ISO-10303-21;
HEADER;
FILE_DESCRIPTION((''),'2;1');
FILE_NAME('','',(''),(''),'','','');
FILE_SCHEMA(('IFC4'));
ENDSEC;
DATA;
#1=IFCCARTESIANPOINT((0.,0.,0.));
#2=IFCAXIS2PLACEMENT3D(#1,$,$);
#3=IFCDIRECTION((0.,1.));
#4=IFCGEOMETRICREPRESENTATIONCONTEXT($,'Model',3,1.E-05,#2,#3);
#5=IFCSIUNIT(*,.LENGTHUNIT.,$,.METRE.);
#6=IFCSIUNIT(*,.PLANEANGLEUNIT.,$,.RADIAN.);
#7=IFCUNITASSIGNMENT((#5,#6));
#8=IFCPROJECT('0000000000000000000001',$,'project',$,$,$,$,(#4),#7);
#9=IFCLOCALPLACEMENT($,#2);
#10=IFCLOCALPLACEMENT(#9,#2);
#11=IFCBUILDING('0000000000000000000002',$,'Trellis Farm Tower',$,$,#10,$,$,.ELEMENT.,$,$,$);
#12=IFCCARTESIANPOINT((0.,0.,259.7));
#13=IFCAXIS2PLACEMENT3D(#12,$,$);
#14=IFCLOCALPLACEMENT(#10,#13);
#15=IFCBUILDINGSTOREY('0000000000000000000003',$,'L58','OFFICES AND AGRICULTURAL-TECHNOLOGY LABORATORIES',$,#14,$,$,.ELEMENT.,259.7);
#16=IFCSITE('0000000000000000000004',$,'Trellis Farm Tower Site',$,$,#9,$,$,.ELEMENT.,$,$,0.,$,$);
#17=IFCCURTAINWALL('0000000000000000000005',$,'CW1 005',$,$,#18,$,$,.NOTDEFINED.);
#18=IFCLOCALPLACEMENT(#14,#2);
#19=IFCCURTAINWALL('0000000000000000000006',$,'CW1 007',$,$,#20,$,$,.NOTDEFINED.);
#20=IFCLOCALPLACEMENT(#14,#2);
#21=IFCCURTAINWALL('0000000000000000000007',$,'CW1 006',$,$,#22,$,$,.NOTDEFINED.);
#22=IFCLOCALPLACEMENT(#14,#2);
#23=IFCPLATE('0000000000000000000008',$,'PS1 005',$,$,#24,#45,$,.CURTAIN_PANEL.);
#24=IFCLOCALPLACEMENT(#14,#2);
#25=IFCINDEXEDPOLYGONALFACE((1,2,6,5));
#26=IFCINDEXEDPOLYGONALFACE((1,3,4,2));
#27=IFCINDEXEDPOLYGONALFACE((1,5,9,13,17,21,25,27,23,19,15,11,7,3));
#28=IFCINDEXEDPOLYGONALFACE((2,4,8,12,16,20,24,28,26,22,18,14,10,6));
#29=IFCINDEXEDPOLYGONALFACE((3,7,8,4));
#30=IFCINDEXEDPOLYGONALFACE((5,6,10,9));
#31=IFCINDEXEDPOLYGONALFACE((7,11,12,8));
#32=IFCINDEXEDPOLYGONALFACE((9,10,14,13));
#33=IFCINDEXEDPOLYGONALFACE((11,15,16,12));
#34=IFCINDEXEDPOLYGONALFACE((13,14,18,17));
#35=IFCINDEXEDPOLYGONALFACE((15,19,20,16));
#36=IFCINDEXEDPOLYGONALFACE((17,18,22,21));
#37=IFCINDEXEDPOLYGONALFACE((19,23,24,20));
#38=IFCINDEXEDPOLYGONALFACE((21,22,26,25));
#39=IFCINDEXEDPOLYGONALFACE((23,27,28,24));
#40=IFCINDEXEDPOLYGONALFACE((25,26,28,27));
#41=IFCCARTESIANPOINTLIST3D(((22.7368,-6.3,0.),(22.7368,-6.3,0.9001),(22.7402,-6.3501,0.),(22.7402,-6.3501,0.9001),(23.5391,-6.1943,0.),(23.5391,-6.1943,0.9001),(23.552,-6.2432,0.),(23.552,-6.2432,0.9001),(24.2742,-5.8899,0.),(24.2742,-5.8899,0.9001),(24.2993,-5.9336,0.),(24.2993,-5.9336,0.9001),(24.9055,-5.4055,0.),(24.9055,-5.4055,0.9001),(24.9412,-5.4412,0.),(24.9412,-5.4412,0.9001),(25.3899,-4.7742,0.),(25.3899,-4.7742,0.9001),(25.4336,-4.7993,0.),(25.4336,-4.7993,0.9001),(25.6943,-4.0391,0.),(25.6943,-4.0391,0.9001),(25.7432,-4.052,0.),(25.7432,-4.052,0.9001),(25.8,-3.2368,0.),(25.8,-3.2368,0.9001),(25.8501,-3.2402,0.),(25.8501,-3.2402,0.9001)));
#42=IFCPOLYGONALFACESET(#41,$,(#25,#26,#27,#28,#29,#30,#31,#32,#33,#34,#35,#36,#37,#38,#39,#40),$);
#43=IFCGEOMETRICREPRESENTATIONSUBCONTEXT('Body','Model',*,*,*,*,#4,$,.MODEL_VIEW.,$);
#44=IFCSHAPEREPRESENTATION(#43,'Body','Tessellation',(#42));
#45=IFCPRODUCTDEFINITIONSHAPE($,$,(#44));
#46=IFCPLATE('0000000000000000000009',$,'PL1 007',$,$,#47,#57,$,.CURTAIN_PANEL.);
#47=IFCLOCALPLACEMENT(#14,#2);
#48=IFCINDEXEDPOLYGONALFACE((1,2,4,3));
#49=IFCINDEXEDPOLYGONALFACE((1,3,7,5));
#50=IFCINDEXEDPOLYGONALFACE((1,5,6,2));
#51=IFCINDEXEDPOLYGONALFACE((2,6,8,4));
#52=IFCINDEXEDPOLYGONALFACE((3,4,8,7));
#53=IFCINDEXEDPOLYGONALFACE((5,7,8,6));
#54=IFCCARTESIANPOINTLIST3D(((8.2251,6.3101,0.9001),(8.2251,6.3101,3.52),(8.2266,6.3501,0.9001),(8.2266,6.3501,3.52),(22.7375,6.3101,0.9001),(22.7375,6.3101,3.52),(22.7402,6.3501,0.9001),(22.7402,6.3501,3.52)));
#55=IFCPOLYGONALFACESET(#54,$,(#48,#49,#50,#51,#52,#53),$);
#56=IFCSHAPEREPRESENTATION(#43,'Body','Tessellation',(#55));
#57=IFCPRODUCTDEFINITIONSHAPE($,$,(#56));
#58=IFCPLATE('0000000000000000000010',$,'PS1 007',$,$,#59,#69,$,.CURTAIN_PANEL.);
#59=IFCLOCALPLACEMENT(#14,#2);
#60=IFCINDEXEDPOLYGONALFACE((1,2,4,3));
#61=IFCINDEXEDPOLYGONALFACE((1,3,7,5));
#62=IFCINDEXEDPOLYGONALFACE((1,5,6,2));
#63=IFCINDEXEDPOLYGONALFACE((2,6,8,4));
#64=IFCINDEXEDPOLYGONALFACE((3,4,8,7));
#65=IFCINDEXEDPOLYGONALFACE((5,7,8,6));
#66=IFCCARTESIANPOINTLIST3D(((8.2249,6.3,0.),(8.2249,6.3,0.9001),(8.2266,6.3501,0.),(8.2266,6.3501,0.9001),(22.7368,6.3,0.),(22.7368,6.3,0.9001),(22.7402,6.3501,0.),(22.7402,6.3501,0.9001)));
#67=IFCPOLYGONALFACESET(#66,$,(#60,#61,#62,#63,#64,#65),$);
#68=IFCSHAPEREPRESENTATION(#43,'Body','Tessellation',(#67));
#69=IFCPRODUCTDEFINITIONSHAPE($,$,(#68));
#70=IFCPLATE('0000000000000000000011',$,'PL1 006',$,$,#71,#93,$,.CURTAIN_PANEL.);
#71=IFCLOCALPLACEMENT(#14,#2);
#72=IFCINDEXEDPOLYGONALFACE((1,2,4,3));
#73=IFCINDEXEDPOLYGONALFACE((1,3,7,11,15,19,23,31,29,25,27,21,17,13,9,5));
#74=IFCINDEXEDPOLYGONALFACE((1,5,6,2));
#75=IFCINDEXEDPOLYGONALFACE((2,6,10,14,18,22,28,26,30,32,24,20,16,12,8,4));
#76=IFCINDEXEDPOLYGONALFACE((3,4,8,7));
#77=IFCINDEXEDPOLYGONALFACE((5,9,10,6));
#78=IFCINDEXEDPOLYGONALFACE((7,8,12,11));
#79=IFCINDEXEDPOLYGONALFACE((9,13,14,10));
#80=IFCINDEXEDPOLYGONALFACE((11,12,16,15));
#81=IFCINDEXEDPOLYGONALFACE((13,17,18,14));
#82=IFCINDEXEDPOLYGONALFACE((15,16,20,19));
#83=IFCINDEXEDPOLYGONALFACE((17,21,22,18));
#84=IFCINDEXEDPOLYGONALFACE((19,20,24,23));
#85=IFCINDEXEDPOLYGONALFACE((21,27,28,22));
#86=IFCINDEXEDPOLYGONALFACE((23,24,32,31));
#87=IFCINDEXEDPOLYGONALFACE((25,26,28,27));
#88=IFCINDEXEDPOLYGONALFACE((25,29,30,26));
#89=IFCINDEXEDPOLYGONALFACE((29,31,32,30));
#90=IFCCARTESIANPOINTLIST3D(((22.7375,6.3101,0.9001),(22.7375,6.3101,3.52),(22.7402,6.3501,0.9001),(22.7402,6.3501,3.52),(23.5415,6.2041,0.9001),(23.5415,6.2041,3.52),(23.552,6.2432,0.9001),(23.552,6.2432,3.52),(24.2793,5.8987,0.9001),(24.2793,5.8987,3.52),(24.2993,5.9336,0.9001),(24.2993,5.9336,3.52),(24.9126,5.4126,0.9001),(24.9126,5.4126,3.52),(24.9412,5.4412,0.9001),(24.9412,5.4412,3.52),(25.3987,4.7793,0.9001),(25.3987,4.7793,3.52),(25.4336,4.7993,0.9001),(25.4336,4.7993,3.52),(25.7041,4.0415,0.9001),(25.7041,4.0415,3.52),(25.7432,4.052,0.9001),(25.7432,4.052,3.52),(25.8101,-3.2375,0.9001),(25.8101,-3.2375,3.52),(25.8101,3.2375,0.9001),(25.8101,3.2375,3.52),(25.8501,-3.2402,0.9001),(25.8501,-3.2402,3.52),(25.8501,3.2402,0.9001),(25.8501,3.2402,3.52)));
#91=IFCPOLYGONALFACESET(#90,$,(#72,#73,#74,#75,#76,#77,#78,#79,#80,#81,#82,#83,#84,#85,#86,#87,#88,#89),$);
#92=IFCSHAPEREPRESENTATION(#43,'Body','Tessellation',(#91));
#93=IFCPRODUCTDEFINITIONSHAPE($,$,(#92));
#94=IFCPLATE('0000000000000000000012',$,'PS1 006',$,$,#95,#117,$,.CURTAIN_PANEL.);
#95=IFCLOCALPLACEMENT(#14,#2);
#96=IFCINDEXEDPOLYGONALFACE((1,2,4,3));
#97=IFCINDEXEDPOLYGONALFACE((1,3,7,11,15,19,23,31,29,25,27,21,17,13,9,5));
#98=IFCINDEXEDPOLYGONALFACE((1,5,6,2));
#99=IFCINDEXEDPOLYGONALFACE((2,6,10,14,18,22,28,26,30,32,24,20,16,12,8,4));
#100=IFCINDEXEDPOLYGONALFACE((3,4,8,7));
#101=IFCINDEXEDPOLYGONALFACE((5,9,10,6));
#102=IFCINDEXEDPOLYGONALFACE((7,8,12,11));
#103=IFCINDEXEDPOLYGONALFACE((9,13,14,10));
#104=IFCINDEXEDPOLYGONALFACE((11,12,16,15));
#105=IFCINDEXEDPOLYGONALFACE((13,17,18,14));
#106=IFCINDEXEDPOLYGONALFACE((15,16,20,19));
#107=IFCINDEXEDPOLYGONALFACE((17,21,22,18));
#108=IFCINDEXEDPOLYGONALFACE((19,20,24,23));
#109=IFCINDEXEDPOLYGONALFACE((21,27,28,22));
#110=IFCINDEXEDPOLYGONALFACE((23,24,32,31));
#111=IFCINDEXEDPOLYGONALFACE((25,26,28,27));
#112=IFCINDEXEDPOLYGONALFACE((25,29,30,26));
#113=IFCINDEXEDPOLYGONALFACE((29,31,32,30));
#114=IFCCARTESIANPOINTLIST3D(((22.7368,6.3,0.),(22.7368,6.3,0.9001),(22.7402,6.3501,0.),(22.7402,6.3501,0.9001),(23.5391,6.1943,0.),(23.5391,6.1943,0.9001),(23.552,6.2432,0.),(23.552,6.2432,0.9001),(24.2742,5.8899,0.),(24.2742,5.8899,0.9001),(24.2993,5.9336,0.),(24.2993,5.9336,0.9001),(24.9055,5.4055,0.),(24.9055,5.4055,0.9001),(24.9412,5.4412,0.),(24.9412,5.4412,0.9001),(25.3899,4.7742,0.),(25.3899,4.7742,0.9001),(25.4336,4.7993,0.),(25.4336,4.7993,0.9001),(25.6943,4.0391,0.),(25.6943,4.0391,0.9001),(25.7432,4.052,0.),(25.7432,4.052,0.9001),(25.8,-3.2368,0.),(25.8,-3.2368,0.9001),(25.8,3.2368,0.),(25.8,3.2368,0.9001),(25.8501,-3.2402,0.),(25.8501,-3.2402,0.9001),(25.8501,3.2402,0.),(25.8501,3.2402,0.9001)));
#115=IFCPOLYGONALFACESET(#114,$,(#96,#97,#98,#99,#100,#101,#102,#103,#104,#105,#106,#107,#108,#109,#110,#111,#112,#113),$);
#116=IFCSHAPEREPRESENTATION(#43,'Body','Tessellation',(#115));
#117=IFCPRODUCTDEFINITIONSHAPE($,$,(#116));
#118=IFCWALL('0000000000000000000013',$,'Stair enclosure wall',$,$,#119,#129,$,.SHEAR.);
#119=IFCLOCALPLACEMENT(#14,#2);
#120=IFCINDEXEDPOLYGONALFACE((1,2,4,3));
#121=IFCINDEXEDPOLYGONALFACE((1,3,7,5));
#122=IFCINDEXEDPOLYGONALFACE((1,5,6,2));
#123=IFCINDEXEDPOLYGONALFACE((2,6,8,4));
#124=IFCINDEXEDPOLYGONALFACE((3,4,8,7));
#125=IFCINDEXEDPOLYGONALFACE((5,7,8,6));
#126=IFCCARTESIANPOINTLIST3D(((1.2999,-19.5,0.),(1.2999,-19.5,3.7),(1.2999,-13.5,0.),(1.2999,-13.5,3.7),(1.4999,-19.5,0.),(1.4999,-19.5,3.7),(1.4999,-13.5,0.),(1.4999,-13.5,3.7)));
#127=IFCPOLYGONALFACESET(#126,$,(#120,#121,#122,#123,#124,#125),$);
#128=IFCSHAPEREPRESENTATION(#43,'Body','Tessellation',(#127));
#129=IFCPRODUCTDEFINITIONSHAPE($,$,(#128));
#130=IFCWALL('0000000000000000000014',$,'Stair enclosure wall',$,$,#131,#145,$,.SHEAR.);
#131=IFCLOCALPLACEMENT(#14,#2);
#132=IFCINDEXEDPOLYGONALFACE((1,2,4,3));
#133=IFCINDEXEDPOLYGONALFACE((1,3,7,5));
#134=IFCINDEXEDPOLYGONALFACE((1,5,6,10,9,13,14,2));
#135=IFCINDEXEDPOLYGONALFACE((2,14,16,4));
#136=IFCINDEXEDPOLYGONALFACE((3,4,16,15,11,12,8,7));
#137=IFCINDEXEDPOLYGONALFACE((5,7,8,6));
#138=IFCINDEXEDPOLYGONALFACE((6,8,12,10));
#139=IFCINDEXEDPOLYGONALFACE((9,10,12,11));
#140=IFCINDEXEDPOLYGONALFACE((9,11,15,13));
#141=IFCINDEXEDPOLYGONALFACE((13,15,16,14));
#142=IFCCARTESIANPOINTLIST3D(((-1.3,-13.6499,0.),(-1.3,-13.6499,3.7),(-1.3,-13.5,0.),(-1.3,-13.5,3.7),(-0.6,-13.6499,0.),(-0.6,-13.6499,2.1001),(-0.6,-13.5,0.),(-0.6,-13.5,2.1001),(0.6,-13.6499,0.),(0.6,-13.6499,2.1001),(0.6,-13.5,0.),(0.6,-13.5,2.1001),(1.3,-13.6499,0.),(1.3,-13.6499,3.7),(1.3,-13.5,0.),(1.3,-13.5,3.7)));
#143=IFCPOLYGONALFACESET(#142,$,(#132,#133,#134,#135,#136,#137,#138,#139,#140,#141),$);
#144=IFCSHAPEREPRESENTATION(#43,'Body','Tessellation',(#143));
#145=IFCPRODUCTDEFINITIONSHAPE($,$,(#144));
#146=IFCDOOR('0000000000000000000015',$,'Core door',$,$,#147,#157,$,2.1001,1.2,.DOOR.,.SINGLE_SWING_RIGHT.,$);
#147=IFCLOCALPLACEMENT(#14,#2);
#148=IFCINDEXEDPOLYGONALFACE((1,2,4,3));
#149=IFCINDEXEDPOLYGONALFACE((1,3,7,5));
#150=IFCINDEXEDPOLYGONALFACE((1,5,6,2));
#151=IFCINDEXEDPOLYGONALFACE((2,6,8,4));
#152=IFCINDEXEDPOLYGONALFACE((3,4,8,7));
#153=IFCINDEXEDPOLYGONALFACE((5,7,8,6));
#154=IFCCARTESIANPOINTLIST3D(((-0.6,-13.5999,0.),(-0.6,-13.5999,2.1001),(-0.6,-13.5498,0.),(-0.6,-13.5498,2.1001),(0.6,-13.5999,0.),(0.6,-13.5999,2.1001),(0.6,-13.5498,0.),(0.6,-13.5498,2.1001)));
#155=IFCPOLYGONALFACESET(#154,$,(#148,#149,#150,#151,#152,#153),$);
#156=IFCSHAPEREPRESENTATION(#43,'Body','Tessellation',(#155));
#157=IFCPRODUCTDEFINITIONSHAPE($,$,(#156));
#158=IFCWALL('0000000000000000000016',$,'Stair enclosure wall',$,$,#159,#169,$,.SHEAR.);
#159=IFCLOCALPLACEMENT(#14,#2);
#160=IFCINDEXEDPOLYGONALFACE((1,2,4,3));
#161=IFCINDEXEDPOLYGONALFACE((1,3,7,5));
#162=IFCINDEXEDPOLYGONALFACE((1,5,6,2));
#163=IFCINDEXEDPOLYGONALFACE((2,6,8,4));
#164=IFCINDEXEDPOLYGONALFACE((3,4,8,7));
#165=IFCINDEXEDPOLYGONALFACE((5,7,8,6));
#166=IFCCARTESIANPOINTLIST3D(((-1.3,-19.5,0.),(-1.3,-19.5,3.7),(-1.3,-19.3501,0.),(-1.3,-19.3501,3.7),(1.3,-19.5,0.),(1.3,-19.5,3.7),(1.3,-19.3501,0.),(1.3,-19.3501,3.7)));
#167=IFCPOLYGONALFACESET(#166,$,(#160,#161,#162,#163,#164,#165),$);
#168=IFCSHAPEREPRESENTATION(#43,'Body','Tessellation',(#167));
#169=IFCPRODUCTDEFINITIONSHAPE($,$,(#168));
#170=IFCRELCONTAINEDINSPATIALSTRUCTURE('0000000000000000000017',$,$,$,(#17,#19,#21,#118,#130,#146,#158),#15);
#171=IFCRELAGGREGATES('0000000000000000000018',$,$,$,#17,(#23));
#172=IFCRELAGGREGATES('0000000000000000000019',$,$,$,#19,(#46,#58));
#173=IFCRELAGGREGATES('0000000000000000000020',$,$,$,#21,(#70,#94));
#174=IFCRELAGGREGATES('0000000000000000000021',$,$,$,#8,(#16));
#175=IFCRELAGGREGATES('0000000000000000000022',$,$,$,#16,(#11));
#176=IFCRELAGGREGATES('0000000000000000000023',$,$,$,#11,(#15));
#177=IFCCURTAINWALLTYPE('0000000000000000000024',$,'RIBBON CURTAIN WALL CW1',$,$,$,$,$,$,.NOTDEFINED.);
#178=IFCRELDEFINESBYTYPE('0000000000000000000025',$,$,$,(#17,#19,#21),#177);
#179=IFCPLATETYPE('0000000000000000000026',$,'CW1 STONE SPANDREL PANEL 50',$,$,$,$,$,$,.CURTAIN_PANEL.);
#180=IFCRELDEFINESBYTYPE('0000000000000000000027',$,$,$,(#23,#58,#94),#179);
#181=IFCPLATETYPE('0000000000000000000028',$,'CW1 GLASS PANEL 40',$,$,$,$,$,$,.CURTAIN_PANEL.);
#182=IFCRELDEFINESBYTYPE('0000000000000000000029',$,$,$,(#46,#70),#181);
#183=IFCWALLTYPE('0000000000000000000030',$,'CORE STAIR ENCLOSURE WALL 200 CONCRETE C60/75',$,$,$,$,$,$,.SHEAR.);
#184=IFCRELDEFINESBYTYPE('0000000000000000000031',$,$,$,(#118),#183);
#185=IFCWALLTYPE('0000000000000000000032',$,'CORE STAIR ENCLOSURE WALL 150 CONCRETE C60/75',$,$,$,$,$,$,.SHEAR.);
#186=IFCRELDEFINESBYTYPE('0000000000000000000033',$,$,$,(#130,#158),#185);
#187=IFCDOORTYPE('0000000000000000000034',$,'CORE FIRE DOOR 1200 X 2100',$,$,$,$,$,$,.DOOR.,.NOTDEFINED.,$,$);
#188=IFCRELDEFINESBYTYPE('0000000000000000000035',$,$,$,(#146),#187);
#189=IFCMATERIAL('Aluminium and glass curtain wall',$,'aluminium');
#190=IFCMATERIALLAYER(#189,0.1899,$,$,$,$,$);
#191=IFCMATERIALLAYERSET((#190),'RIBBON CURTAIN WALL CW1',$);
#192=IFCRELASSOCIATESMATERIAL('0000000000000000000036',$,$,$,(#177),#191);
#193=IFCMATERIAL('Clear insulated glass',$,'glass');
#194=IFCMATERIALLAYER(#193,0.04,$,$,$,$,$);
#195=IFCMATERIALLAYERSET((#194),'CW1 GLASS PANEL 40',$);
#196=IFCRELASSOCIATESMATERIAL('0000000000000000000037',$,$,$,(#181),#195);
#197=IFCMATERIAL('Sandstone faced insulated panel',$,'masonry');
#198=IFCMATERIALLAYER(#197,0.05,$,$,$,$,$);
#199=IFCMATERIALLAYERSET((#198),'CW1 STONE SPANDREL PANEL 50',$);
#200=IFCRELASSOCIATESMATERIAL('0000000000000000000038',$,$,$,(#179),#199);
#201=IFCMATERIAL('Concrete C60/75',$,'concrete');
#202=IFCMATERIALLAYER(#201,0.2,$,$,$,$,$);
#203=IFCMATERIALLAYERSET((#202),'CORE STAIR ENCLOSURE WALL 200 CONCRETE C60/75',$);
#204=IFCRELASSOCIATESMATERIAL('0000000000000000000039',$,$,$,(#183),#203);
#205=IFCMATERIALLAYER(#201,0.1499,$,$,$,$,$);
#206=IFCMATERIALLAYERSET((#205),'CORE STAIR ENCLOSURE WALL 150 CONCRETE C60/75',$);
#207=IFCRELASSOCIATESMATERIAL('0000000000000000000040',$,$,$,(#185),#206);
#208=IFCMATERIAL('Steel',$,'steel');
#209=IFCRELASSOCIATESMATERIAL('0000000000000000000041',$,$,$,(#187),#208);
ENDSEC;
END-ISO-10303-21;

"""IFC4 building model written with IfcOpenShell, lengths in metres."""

from ifc_helpers import new_model, si_unit, direction, frame, frame_2d, origin, place, context, subcontext, project, spatial, polyline, rectangle, outline, extrude, source, transform, mapped, material, layer, layer_set, type_object, element, fill, aggregate, save


model = new_model("IFC4")

# Units and contexts
model_context = context("Model", 3, precision=1e-05, world=origin(), true_north=direction((0.0, 1.0)))
body_context = subcontext(model_context, "Body", "Model", "MODEL_VIEW")
ifc_project = project(units=[si_unit("LENGTHUNIT", "METRE"), si_unit("PLANEANGLEUNIT", "RADIAN")], contexts=[model_context])

# Site, building, storey
site_placement = place(None, origin())
site = spatial("IfcSite", under=ifc_project, at=site_placement, Name="Trellis Farm Tower Site", CompositionType="ELEMENT", RefElevation=0.0)
building_placement = place(site_placement, origin())
building = spatial("IfcBuilding", under=site, at=building_placement, Name="Trellis Farm Tower", CompositionType="ELEMENT")
storey_placement = place(building_placement, frame((0.0, 0.0, 259.7)))
storey = spatial("IfcBuildingStorey", under=building, at=storey_placement, Name="L58", Description="OFFICES AND AGRICULTURAL-TECHNOLOGY LABORATORIES", CompositionType="ELEMENT", Elevation=259.7)

# Curtain walls
ifc_material_1 = material(Name="Aluminium and glass curtain wall", Category="aluminium")
placement_1 = place(storey_placement, origin())
ifc_layer_1 = layer(ifc_material_1, 0.1899)
ifc_layer_set_1 = layer_set([ifc_layer_1], Name="RIBBON CURTAIN WALL CW1")
curtain_wall_type_1 = type_object("IfcCurtainWallType", Name="RIBBON CURTAIN WALL CW1", PredefinedType="NOTDEFINED", material=ifc_layer_set_1)
curtain_wall_1 = element("IfcCurtainWall", 1, at=placement_1, inside=storey, type_object=curtain_wall_type_1, Name="CW1 005", PredefinedType="NOTDEFINED")
curtain_wall_2 = element("IfcCurtainWall", 2, at=placement_1, inside=storey, type_object=curtain_wall_type_1, Name="CW1 007", PredefinedType="NOTDEFINED")
curtain_wall_3 = element("IfcCurtainWall", 3, at=placement_1, inside=storey, type_object=curtain_wall_type_1, Name="CW1 006", PredefinedType="NOTDEFINED")

# Plates
ifc_material_2 = material(Name="Clear insulated glass", Category="glass")
ifc_layer_2 = layer(ifc_material_2, 0.04)
ifc_layer_set_2 = layer_set([ifc_layer_2], Name="CW1 GLASS PANEL 40")
plate_type_1 = type_object("IfcPlateType", Name="CW1 GLASS PANEL 40", PredefinedType="CURTAIN_PANEL", material=ifc_layer_set_2)
placement_2 = place(storey_placement, frame((0.0, 0.0, 0.9001)))
ifc_material_3 = material(Name="Sandstone faced insulated panel", Category="masonry")
ifc_layer_3 = layer(ifc_material_3, 0.05)
ifc_layer_set_3 = layer_set([ifc_layer_3], Name="CW1 STONE SPANDREL PANEL 50")
plate_type_2 = type_object("IfcPlateType", Name="CW1 STONE SPANDREL PANEL 50", PredefinedType="CURTAIN_PANEL", material=ifc_layer_set_3)
shared_shape_1 = source(origin(), body_context, "Body", "SweptSolid", [
    extrude(outline(polyline([(22.7402, -6.3501), (23.552, -6.2432), (24.2993, -5.9336), (24.9412, -5.4412), (25.4336, -4.7993), (25.7432, -4.052), (25.8501, -3.2402), (25.8, -3.2368), (25.6943, -4.0391), (25.3899, -4.7742), (24.9055, -5.4055), (24.2742, -5.8899), (23.5391, -6.1943), (22.7368, -6.3), (22.7402, -6.3501)])), origin(), (0.0, 0.0, 1.0), 0.9001),
])
plate_1 = element("IfcPlate", 4, at=placement_1, type_object=plate_type_2, Name="PS1 005", PredefinedType="CURTAIN_PANEL", context=body_context, shape_type="MappedRepresentation", body=[
    mapped(shared_shape_1, transform((0.0, 0.0, 0.0))),
])
aggregate(curtain_wall_1, [plate_1])
shared_shape_2 = source(origin(), body_context, "Body", "SweptSolid", [
    extrude(outline(polyline([(22.7402, 6.3501), (8.2266, 6.3501), (8.2251, 6.3101), (22.7375, 6.3101), (22.7402, 6.3501)])), origin(), (0.0, 0.0, 1.0), 2.6199),
])
plate_2 = element("IfcPlate", 5, at=placement_2, type_object=plate_type_1, Name="PL1 007", PredefinedType="CURTAIN_PANEL", context=body_context, shape_type="MappedRepresentation", body=[
    mapped(shared_shape_2, transform((0.0, 0.0, 0.0))),
])
shared_shape_3 = source(origin(), body_context, "Body", "SweptSolid", [
    extrude(outline(polyline([(22.7402, 6.3501), (8.2266, 6.3501), (8.2249, 6.3), (22.7368, 6.3), (22.7402, 6.3501)])), origin(), (0.0, 0.0, 1.0), 0.9001),
])
plate_3 = element("IfcPlate", 6, at=placement_1, type_object=plate_type_2, Name="PS1 007", PredefinedType="CURTAIN_PANEL", context=body_context, shape_type="MappedRepresentation", body=[
    mapped(shared_shape_3, transform((0.0, 0.0, 0.0))),
])
aggregate(curtain_wall_2, [plate_2, plate_3])
shared_shape_4 = source(origin(), body_context, "Body", "SweptSolid", [
    extrude(outline(polyline([(25.8501, -3.2402), (25.8501, 3.2402), (25.7432, 4.052), (25.4336, 4.7993), (24.9412, 5.4412), (24.2993, 5.9336), (23.552, 6.2432), (22.7402, 6.3501), (22.7375, 6.3101), (23.5415, 6.2041), (24.2793, 5.8987), (24.9126, 5.4126), (25.3987, 4.7793), (25.7041, 4.0415), (25.8101, 3.2375), (25.8101, -3.2375), (25.8501, -3.2402)])), origin(), (0.0, 0.0, 1.0), 2.6199),
])
plate_4 = element("IfcPlate", 7, at=placement_2, type_object=plate_type_1, Name="PL1 006", PredefinedType="CURTAIN_PANEL", context=body_context, shape_type="MappedRepresentation", body=[
    mapped(shared_shape_4, transform((0.0, 0.0, 0.0))),
])
shared_shape_5 = source(origin(), body_context, "Body", "SweptSolid", [
    extrude(outline(polyline([(25.8501, -3.2402), (25.8501, 3.2402), (25.7432, 4.052), (25.4336, 4.7993), (24.9412, 5.4412), (24.2993, 5.9336), (23.552, 6.2432), (22.7402, 6.3501), (22.7368, 6.3), (23.5391, 6.1943), (24.2742, 5.8899), (24.9055, 5.4055), (25.3899, 4.7742), (25.6943, 4.0391), (25.8, 3.2368), (25.8, -3.2368), (25.8501, -3.2402)])), origin(), (0.0, 0.0, 1.0), 0.9001),
])
plate_5 = element("IfcPlate", 8, at=placement_1, type_object=plate_type_2, Name="PS1 006", PredefinedType="CURTAIN_PANEL", context=body_context, shape_type="MappedRepresentation", body=[
    mapped(shared_shape_5, transform((0.0, 0.0, 0.0))),
])
aggregate(curtain_wall_3, [plate_4, plate_5])

# Wall
ifc_material_4 = material(Name="Concrete C60/75", Category="concrete")
ifc_layer_4 = layer(ifc_material_4, 0.2)
ifc_layer_set_4 = layer_set([ifc_layer_4], Name="CORE STAIR ENCLOSURE WALL 200 CONCRETE C60/75")
wall_type_1 = type_object("IfcWallType", Name="CORE STAIR ENCLOSURE WALL 200 CONCRETE C60/75", PredefinedType="SHEAR", material=ifc_layer_set_4)
shared_shape_6 = source(origin(), body_context, "Body", "SweptSolid", [
    extrude(rectangle(XDim=6.0, YDim=0.2, at=frame_2d((3.0, 0.0))), origin(), (0.0, 0.0, 1.0), 3.7),
])
wall_1_placement = place(storey_placement, frame((1.3999, -13.5, 0.0), z_axis=(0.0, 0.0, 1.0), x_axis=(0.0, -1.0, 0.0)))
element("IfcWall", 9, at=wall_1_placement, inside=storey, type_object=wall_type_1, Name="Stair enclosure wall", PredefinedType="SHEAR", context=body_context, shape_type="MappedRepresentation", body=[
    mapped(shared_shape_6, transform((0.0, 0.0, 0.0))),
])

# Wall, opening, door
ifc_layer_5 = layer(ifc_material_4, 0.1499)
ifc_layer_set_5 = layer_set([ifc_layer_5], Name="CORE STAIR ENCLOSURE WALL 150 CONCRETE C60/75")
wall_type_2 = type_object("IfcWallType", Name="CORE STAIR ENCLOSURE WALL 150 CONCRETE C60/75", PredefinedType="SHEAR", material=ifc_layer_set_5)
shared_shape_7 = source(origin(), body_context, "Body", "SweptSolid", [
    extrude(rectangle(XDim=2.6001, YDim=0.1499, at=frame_2d((1.3, 0.0))), origin(), (0.0, 0.0, 1.0), 3.7),
])
wall_2_placement = place(storey_placement, frame((1.3, -13.575, 0.0), z_axis=(0.0, 0.0, 1.0), x_axis=(-1.0, 0.0, 0.0)))
wall_2 = element("IfcWall", 10, at=wall_2_placement, inside=storey, type_object=wall_type_2, Name="Stair enclosure wall", PredefinedType="SHEAR", context=body_context, shape_type="MappedRepresentation", body=[
    mapped(shared_shape_7, transform((0.0, 0.0, 0.0))),
])
shared_shape_8 = source(origin(), body_context, "Body", "SweptSolid", [
    extrude(rectangle(XDim=1.2, YDim=2.1001, at=frame_2d((0.6001, 1.05))), frame((0.0, 0.085, 0.0), z_axis=(0.0, -1.0, 0.0), x_axis=(1.0, 0.0, 0.0)), (0.0, 0.0, 1.0), 0.1699),
])
opening_1_placement = place(wall_2_placement, frame((0.7, 0.0, 0.0)))
opening_1 = element("IfcOpeningElement", 11, at=opening_1_placement, cuts=wall_2, PredefinedType="OPENING", context=body_context, shape_type="MappedRepresentation", body=[
    mapped(shared_shape_8, transform((0.0, 0.0, 0.0))),
])
ifc_material_5 = material(Name="Steel", Category="steel")
door_type_1 = type_object("IfcDoorType", Name="CORE FIRE DOOR 1200 X 2100", OperationType="NOTDEFINED", PredefinedType="DOOR", material=ifc_material_5)
shared_shape_9 = source(origin(), body_context, "Body", "SweptSolid", [
    extrude(rectangle(XDim=1.2, YDim=2.1001, at=frame_2d((0.6001, 1.05))), frame((0.0, 0.0249, 0.0), z_axis=(0.0, -1.0, 0.0), x_axis=(1.0, 0.0, 0.0)), (0.0, 0.0, 1.0), 0.05),
])
door_1_placement = place(opening_1_placement, origin())
door_1 = element("IfcDoor", 12, at=door_1_placement, inside=storey, type_object=door_type_1, Name="Core door", OperationType="SINGLE_SWING_RIGHT", OverallHeight=2.1001, OverallWidth=1.2, PredefinedType="DOOR", context=body_context, shape_type="MappedRepresentation", body=[
    mapped(shared_shape_9, transform((0.0, 0.0, 0.0))),
])
fill(opening_1, door_1)

# Wall
wall_3_placement = place(storey_placement, frame((1.3, -19.425, 0.0), z_axis=(0.0, 0.0, 1.0), x_axis=(-1.0, 0.0, 0.0)))
element("IfcWall", 13, at=wall_3_placement, inside=storey, type_object=wall_type_2, Name="Stair enclosure wall", PredefinedType="SHEAR", context=body_context, shape_type="MappedRepresentation", body=[
    mapped(shared_shape_7, transform((0.0, 0.0, 0.0))),
])

save(model, "model.ifc")
